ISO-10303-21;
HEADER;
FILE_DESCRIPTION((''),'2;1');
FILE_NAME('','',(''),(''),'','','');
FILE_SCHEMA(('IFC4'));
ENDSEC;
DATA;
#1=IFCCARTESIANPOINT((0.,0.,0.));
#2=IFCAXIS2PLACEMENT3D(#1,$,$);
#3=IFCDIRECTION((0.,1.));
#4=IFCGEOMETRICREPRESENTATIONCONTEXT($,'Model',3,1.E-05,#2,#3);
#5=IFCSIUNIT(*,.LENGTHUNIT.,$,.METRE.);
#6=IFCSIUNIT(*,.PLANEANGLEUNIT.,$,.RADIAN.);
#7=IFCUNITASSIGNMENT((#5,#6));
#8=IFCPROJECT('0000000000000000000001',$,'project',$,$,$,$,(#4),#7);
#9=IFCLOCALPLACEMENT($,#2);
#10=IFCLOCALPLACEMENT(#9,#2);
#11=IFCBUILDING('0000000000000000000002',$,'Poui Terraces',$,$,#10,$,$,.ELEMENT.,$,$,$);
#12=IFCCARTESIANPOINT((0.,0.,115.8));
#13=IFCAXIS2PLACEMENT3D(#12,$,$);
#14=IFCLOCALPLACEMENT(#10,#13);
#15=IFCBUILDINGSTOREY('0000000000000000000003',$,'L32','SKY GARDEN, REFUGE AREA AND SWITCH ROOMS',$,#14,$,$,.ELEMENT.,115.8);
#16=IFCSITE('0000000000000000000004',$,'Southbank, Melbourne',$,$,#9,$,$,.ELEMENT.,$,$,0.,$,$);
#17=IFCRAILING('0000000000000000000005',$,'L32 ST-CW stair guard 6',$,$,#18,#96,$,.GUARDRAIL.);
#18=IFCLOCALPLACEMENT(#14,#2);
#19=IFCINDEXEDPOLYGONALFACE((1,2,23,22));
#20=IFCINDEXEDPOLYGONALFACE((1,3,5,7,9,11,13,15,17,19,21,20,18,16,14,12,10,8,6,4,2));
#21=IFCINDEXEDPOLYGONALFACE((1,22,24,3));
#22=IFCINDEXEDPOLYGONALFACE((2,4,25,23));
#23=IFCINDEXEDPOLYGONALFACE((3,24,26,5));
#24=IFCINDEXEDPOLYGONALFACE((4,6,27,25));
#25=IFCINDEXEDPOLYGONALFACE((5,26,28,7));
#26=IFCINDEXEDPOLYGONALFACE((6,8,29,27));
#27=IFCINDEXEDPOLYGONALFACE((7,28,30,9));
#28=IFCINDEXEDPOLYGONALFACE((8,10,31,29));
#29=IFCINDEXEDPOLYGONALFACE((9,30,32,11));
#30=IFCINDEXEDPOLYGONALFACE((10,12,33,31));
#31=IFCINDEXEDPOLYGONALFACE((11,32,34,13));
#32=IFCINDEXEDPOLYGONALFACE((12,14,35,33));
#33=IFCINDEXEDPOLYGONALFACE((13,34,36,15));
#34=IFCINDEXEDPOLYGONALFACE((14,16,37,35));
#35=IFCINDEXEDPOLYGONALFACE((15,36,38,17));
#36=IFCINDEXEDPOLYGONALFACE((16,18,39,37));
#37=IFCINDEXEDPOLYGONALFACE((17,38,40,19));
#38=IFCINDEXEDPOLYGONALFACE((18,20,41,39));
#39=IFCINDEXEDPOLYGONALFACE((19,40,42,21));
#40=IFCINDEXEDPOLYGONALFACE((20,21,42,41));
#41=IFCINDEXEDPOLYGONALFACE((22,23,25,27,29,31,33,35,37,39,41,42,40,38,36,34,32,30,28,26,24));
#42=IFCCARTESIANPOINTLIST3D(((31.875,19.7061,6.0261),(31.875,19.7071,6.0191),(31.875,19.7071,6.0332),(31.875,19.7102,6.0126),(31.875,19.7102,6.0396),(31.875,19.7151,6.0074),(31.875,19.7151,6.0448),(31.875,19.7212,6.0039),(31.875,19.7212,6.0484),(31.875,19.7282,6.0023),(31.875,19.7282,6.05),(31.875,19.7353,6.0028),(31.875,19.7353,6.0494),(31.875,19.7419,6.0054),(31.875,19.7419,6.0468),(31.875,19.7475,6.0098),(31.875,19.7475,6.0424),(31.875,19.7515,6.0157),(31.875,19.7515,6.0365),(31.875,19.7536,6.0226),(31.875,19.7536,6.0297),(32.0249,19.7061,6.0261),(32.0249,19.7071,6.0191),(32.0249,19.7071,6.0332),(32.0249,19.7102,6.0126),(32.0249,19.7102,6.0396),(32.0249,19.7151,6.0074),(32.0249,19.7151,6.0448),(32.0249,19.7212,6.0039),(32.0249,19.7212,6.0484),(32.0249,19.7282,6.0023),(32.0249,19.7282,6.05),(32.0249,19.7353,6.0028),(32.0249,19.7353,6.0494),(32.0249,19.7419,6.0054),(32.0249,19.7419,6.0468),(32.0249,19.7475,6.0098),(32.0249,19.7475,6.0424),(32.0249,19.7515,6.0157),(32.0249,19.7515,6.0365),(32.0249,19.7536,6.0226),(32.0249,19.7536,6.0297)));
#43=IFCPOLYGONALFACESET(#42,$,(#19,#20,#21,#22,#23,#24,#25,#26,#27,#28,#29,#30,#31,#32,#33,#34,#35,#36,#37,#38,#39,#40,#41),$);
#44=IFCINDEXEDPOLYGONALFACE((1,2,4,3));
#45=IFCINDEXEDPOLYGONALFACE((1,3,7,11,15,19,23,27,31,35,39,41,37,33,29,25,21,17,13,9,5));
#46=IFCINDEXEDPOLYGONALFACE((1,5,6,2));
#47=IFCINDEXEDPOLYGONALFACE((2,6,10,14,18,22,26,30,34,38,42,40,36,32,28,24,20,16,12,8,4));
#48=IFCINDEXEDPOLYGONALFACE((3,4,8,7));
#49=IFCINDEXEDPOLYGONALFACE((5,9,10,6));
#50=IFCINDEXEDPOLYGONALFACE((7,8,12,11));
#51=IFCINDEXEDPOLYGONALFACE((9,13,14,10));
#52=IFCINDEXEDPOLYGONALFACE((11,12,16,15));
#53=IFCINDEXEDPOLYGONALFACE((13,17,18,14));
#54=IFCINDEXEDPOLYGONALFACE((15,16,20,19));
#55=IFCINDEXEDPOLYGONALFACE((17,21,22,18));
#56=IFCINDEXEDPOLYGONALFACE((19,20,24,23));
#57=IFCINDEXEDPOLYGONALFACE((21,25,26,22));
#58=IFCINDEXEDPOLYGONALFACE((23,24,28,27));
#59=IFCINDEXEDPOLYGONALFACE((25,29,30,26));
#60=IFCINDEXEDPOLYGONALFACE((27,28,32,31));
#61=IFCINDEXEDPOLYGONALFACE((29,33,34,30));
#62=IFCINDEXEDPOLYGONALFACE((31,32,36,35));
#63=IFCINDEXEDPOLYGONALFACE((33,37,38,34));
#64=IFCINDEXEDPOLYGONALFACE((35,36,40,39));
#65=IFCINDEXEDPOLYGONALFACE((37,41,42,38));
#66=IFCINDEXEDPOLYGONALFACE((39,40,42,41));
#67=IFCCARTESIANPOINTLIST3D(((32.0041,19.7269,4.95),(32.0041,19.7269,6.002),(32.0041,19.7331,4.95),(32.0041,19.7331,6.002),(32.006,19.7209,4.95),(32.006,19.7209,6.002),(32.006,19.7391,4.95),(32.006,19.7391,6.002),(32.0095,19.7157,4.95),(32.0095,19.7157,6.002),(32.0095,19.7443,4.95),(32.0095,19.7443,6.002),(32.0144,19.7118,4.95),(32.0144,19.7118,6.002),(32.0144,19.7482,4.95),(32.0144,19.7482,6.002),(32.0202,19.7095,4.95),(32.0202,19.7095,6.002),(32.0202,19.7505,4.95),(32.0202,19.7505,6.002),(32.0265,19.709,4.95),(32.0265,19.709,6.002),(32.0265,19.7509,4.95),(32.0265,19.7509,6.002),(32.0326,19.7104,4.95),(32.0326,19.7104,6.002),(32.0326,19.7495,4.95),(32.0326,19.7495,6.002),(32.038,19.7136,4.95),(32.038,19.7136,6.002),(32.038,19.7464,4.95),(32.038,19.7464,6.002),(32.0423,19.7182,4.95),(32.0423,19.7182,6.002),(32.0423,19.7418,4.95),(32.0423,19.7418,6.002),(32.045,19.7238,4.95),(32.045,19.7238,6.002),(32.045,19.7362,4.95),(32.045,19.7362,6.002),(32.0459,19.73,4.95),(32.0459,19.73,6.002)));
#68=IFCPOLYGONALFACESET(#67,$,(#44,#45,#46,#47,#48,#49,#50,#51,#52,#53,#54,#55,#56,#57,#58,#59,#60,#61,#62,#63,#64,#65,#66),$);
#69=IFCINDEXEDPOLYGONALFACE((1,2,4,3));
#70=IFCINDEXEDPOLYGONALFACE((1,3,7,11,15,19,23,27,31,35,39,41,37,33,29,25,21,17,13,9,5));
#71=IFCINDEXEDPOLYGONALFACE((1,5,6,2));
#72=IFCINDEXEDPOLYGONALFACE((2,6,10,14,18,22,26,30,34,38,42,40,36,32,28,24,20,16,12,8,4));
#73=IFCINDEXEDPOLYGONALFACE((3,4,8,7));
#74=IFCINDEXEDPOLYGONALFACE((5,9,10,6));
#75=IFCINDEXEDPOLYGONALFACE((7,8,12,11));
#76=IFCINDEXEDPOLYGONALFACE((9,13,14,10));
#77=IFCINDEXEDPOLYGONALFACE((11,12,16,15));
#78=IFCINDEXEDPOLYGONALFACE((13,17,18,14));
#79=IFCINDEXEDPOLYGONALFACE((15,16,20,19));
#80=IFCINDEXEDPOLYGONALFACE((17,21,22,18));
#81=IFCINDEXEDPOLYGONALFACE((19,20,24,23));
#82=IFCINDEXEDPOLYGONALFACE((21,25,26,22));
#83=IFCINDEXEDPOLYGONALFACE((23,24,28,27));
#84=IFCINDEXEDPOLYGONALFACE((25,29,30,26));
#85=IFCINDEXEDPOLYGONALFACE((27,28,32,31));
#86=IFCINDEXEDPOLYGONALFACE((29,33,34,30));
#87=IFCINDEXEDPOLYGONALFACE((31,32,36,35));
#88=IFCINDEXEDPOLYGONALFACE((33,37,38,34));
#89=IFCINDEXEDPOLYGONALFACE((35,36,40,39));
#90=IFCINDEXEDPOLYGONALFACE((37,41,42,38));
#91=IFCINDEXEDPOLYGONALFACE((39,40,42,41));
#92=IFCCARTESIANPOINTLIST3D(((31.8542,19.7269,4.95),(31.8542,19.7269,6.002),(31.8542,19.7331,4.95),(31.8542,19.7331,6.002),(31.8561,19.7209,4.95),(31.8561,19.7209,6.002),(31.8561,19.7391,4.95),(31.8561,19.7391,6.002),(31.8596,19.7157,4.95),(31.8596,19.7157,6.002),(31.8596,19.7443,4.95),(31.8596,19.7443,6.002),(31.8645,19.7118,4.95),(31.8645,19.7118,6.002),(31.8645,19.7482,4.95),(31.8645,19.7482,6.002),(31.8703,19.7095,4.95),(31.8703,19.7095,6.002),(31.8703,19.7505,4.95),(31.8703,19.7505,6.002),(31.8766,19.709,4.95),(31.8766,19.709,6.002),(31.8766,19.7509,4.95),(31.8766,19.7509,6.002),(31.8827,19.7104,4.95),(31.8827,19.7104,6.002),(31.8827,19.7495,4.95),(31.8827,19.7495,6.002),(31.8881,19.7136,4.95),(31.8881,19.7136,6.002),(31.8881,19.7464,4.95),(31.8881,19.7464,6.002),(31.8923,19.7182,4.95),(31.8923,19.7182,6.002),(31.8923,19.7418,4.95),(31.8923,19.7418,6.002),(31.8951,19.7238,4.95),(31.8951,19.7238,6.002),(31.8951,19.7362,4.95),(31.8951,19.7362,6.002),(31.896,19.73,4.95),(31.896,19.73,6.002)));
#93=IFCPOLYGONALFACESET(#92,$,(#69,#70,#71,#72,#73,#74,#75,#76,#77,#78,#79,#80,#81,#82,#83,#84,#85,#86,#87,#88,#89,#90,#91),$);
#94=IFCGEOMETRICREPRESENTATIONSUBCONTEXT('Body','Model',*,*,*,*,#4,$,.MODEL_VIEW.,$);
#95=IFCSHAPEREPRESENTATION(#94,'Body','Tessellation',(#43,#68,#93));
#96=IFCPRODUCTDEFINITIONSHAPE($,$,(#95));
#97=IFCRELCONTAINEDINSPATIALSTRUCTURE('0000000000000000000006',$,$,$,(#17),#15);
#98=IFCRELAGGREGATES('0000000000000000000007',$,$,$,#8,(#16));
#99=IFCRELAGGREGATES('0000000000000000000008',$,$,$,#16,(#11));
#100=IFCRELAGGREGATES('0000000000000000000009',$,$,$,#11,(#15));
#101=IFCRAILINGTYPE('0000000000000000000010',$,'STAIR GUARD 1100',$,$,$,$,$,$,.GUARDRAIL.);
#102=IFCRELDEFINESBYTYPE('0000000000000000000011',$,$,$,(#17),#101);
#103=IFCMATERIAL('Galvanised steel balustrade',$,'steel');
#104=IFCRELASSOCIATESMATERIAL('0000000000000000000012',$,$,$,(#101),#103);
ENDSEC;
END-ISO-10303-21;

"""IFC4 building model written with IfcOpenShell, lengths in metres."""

from ifc_helpers import new_model, si_unit, direction, frame, origin, origin_2d, place, context, subcontext, project, spatial, circle, extrude, material, type_object, element, save


model = new_model("IFC4")

# Units and contexts
model_context = context("Model", 3, precision=1e-05, world=origin(), true_north=direction((0.0, 1.0)))
body_context = subcontext(model_context, "Body", "Model", "MODEL_VIEW")
ifc_project = project(units=[si_unit("LENGTHUNIT", "METRE"), si_unit("PLANEANGLEUNIT", "RADIAN")], contexts=[model_context])

# Site, building, storey
site_placement = place(None, origin())
site = spatial("IfcSite", under=ifc_project, at=site_placement, Name="Southbank, Melbourne", CompositionType="ELEMENT", RefElevation=0.0)
building_placement = place(site_placement, origin())
building = spatial("IfcBuilding", under=site, at=building_placement, Name="Poui Terraces", CompositionType="ELEMENT")
storey_placement = place(building_placement, frame((0.0, 0.0, 115.8)))
storey = spatial("IfcBuildingStorey", under=building, at=storey_placement, Name="L32", Description="SKY GARDEN, REFUGE AREA AND SWITCH ROOMS", CompositionType="ELEMENT", Elevation=115.8)

# Railing
ifc_material_1 = material(Name="Galvanised steel balustrade", Category="steel")
railing_type = type_object("IfcRailingType", Name="STAIR GUARD 1100", PredefinedType="GUARDRAIL", material=ifc_material_1)
railing_1_placement = place(storey_placement, frame((32.0249, 19.73, 4.95)))
element("IfcRailing", 1, at=railing_1_placement, inside=storey, type_object=railing_type, Name="L32 ST-CW stair guard 6", PredefinedType="GUARDRAIL", context=body_context, shape_type="SweptSolid", body=[
    extrude(circle(Radius=0.0239, at=origin_2d()), frame((0.0, 0.0, 1.0762), z_axis=(-1.0, 0.0, 0.0), x_axis=(0.0, -1.0, 0.0)), (0.0, 0.0, 1.0), 0.1499),
    extrude(circle(Radius=0.021, at=origin_2d()), origin(), (0.0, 0.0, 1.0), 1.052),
    extrude(circle(Radius=0.021, at=origin_2d()), frame((-0.1499, 0.0, 0.0)), (0.0, 0.0, 1.0), 1.052),
])

save(model, "model.ifc")
